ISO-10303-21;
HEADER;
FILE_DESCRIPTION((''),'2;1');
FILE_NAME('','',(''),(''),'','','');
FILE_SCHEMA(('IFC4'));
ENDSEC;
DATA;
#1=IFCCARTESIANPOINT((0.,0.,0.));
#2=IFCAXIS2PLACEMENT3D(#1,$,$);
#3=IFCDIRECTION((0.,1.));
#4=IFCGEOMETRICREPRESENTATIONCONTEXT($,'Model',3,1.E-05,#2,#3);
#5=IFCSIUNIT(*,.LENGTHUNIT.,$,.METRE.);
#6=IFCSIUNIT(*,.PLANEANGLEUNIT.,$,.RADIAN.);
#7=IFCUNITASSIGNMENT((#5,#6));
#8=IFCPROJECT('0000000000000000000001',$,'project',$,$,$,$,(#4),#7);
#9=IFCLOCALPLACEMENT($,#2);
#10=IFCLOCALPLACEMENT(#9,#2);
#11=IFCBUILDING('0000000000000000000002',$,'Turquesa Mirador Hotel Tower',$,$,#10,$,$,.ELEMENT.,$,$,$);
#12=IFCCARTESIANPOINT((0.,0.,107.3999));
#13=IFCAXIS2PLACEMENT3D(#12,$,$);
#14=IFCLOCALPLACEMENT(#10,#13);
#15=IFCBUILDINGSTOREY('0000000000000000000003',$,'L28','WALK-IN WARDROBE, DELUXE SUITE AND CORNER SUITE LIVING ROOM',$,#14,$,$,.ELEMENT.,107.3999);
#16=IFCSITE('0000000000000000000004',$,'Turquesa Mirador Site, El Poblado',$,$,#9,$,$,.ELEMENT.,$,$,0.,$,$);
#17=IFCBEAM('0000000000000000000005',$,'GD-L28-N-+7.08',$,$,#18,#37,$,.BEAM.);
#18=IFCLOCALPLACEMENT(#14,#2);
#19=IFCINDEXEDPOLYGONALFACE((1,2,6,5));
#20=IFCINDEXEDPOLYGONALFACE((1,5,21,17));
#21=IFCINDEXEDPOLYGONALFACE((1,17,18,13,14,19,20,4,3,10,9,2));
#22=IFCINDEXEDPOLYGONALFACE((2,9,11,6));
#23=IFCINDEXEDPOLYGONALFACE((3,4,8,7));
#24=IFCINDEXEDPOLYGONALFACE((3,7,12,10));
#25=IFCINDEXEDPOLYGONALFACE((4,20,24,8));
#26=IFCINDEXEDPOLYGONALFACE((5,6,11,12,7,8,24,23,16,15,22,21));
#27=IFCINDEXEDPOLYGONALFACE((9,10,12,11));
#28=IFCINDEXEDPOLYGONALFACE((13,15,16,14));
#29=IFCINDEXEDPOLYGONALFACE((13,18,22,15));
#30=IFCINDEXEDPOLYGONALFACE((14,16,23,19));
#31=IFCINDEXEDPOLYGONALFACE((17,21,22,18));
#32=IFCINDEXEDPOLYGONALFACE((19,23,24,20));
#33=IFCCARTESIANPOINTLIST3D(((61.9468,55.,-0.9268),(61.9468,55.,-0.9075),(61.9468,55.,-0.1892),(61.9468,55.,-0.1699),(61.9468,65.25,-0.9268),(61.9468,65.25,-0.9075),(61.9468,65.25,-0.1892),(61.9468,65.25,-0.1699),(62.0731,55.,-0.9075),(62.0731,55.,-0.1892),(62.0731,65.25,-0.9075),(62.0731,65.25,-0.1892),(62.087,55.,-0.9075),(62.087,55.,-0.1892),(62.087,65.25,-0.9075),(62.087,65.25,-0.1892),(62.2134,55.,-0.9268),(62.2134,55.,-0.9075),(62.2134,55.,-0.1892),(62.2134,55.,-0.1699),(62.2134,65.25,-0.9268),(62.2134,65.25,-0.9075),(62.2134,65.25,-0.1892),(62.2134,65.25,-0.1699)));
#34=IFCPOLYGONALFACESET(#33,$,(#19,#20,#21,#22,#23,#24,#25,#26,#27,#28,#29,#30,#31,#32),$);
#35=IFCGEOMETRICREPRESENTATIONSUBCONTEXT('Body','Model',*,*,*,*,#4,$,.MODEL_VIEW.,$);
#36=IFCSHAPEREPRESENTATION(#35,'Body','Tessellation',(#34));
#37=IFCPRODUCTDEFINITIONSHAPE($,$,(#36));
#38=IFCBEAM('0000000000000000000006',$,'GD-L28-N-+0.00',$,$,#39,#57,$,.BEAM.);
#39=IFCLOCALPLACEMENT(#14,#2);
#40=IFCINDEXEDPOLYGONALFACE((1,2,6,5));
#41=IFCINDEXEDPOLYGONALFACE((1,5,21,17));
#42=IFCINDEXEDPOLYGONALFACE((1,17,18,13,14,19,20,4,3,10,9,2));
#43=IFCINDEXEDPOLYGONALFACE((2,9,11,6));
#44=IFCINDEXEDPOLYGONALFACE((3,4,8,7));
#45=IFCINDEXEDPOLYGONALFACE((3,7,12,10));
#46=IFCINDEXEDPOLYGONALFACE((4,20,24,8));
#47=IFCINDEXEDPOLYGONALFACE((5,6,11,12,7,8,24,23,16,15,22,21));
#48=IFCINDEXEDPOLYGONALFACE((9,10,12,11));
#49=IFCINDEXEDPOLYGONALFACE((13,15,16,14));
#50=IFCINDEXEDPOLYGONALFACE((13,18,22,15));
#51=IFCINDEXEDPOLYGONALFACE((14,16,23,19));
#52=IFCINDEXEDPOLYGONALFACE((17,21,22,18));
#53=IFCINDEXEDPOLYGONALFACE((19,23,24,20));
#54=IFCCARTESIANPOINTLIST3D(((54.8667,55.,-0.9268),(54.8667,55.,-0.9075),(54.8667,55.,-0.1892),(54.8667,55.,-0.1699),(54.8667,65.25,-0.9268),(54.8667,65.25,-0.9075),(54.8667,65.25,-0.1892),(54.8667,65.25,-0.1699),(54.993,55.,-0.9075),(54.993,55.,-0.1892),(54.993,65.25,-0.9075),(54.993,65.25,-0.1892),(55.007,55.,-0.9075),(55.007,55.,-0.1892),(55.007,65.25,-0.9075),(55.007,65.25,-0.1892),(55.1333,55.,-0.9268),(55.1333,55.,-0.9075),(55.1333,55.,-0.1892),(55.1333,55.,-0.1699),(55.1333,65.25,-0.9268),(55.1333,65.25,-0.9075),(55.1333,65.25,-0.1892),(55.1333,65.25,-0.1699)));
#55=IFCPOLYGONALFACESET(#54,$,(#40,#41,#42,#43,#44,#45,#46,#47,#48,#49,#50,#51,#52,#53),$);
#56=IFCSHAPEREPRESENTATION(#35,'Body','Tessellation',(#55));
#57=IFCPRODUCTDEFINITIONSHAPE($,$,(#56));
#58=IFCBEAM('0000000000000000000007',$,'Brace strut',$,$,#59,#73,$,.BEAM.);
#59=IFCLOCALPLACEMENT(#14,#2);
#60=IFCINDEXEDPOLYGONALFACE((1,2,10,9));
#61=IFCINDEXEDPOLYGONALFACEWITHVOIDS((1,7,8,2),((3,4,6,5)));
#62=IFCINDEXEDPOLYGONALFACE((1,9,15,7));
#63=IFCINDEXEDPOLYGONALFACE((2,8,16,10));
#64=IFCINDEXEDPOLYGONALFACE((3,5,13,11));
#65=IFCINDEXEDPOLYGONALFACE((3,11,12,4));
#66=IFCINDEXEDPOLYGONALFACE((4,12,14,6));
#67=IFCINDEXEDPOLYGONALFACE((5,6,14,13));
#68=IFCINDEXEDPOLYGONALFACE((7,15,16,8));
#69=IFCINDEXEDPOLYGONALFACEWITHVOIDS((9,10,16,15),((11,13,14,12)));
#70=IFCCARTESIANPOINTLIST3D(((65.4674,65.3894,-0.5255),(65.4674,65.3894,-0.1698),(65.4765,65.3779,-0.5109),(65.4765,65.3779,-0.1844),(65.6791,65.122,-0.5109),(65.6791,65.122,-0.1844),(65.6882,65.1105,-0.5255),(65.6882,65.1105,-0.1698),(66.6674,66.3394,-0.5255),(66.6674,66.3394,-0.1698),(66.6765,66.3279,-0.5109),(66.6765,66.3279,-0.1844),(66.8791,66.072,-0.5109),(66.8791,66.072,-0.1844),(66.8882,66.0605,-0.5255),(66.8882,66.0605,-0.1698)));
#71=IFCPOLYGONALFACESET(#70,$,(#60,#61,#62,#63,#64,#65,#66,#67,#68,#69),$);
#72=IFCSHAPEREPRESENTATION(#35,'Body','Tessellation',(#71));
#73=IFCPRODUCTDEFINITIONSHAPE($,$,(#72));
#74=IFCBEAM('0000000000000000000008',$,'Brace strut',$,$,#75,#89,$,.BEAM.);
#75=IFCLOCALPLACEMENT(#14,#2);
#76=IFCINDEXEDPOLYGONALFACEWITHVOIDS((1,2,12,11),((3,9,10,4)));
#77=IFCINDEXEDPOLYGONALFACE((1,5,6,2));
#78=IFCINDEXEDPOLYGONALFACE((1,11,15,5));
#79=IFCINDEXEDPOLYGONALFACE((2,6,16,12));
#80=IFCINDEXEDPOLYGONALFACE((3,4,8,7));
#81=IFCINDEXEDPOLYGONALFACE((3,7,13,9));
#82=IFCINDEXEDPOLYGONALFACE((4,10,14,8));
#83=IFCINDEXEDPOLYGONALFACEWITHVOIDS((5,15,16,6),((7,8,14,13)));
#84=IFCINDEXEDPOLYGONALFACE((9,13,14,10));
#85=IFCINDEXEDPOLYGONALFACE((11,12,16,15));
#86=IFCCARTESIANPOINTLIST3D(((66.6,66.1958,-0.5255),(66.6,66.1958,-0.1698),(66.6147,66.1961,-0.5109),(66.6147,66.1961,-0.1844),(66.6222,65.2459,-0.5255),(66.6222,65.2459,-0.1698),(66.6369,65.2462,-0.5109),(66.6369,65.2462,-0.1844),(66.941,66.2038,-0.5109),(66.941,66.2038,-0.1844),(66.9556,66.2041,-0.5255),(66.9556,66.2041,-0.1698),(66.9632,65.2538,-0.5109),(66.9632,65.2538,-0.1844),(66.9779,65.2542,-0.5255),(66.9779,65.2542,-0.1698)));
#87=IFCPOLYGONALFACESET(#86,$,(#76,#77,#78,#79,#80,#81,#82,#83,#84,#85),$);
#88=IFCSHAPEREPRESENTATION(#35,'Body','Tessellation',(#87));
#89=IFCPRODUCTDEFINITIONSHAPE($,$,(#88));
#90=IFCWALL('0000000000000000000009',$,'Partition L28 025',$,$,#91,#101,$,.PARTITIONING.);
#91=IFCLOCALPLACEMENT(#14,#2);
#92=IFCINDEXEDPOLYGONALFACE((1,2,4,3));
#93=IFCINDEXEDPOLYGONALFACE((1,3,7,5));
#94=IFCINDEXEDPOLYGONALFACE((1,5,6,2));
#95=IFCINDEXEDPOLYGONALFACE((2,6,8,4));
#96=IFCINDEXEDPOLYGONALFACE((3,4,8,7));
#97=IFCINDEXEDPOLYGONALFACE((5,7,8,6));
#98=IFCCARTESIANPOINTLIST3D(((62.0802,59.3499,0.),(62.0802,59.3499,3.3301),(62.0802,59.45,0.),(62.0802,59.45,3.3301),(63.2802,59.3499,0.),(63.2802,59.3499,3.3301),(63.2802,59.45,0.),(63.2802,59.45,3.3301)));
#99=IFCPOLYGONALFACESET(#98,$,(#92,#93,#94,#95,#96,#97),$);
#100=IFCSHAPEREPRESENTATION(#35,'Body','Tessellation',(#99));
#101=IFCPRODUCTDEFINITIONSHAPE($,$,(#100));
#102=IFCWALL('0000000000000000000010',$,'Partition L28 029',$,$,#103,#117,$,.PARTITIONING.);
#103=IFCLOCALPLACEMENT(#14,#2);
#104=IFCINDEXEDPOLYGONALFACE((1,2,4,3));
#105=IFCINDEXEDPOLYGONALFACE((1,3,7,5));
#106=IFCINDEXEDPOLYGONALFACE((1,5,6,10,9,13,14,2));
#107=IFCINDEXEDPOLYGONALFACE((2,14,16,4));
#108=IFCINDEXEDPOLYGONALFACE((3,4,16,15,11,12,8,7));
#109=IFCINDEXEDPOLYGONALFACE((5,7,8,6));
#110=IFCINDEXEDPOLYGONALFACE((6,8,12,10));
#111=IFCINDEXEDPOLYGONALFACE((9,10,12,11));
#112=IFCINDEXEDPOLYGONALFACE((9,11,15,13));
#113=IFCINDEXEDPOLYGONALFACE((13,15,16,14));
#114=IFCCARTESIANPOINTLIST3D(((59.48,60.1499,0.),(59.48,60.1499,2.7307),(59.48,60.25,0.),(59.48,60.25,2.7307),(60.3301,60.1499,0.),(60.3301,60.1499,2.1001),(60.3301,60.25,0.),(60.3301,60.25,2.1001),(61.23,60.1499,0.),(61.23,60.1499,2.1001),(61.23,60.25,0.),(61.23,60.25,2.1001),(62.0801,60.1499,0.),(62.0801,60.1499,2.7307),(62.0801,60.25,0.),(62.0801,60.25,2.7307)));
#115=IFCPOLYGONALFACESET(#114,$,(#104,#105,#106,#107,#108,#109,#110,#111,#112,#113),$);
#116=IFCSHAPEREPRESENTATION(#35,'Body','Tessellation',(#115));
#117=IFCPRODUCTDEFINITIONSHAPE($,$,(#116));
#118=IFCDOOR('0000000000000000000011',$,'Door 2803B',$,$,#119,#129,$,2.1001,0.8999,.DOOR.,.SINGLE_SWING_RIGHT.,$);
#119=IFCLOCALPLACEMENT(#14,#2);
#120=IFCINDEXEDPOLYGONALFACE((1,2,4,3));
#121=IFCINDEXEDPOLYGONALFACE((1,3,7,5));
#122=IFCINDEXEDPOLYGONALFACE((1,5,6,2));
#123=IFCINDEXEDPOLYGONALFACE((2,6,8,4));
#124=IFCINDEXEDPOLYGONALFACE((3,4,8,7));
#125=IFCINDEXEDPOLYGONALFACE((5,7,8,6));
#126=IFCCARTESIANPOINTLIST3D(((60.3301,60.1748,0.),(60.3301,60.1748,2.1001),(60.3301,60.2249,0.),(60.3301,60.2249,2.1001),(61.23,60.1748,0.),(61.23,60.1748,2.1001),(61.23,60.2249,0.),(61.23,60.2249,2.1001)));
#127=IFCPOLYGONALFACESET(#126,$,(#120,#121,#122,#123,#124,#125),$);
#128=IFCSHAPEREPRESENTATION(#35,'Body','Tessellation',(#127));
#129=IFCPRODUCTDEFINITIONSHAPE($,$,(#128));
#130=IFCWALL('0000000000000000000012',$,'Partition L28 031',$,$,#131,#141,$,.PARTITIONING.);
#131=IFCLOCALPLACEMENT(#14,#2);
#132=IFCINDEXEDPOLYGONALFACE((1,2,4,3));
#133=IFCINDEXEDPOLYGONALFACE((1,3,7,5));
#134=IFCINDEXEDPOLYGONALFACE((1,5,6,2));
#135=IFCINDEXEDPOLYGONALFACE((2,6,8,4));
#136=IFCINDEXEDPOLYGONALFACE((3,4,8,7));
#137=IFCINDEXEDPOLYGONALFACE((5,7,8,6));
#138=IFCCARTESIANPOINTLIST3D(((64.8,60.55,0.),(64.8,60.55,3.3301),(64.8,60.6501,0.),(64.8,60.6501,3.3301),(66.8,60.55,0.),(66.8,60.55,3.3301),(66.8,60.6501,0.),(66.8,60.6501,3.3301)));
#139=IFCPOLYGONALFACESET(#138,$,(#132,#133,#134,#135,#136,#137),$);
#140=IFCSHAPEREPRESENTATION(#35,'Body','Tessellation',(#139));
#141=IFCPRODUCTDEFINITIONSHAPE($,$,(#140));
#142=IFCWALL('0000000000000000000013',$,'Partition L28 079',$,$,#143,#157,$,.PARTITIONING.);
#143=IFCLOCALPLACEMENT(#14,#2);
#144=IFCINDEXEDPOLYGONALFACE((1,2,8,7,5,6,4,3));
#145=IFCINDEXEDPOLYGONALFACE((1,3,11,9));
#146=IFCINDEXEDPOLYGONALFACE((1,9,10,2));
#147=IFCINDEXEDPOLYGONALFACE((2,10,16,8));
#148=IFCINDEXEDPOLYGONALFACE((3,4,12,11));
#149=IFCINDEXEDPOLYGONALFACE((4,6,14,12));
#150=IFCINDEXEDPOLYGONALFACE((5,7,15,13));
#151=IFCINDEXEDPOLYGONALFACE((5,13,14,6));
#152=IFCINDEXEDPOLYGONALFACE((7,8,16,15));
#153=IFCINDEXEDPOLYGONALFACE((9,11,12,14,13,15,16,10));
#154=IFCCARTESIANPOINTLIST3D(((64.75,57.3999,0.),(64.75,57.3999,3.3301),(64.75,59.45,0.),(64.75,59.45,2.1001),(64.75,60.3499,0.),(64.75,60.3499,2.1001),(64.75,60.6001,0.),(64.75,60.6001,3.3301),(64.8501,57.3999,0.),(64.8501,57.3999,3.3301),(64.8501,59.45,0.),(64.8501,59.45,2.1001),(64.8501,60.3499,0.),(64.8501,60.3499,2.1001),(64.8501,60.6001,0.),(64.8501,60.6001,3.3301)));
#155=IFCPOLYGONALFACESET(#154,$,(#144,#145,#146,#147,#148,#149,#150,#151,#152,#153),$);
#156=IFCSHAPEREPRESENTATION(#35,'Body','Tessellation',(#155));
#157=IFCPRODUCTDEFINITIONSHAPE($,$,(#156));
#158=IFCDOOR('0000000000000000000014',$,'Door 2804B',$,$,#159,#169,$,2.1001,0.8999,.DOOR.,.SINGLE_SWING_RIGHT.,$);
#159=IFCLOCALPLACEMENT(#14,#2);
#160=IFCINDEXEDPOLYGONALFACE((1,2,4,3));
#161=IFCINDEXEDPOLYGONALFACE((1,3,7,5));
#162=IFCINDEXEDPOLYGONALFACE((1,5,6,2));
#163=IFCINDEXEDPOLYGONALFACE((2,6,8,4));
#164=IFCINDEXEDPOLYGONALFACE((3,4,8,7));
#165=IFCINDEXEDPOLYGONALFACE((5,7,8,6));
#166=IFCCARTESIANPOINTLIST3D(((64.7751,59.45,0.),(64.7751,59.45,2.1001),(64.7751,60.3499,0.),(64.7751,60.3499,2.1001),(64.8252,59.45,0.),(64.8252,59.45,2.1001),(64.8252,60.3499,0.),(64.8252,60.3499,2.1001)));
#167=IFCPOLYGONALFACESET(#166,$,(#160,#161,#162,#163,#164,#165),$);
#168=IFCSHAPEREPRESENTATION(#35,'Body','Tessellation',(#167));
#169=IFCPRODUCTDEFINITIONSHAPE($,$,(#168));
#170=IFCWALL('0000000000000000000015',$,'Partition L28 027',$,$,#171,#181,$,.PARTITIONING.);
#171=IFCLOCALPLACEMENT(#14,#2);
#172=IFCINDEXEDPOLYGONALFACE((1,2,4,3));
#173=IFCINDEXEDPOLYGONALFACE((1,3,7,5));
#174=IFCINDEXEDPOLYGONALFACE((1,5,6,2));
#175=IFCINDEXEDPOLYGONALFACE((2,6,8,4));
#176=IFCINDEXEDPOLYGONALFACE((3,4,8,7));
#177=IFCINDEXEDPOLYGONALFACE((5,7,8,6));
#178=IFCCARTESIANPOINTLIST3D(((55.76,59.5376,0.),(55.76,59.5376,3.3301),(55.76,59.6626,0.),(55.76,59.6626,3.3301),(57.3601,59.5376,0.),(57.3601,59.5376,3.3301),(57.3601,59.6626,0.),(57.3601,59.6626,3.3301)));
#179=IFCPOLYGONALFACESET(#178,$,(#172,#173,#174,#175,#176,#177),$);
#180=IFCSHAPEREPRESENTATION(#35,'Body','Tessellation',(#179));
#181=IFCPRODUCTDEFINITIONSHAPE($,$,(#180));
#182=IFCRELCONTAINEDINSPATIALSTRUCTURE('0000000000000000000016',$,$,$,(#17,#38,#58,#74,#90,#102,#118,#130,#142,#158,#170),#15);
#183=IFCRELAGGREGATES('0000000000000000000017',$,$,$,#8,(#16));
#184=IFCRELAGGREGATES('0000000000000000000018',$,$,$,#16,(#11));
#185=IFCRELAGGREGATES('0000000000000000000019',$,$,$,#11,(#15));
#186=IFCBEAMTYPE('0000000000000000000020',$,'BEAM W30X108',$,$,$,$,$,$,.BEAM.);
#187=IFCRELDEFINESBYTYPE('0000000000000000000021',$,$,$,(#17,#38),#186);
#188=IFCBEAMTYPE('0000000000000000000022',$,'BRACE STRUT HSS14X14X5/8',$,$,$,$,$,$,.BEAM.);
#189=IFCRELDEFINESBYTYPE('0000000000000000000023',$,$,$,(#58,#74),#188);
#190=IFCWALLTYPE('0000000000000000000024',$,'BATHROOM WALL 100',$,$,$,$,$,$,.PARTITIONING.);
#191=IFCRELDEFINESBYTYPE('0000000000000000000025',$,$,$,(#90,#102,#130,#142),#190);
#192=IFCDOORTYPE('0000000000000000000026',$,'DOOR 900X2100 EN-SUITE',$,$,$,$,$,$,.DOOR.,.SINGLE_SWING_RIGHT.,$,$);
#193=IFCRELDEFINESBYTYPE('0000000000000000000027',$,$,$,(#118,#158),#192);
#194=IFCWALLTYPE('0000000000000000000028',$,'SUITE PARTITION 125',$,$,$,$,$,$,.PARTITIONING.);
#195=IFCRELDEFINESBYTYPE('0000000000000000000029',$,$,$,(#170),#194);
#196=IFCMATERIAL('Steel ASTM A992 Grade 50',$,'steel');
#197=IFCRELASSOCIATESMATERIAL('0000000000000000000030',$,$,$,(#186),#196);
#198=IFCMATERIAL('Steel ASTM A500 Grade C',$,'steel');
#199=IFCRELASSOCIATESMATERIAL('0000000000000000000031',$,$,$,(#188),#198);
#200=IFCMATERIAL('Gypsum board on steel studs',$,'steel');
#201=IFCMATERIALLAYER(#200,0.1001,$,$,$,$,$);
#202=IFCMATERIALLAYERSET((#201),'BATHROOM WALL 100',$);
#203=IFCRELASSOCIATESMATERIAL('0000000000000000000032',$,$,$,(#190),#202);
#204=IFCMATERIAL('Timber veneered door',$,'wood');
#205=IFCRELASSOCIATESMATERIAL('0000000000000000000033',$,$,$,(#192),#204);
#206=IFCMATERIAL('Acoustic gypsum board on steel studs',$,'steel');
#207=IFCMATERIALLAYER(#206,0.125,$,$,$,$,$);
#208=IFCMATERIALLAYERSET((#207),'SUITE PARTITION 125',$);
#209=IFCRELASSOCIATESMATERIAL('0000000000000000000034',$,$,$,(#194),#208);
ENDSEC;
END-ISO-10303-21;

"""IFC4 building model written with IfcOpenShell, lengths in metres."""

from ifc_helpers import new_model, si_unit, direction, frame, frame_2d, origin, origin_2d, place, context, subcontext, project, spatial, rectangle, hollow_rectangle, i_section, extrude, material, layer, layer_set, material_profile, profile_set, type_object, element, fill, save


model = new_model("IFC4")

# Units and contexts
model_context = context("Model", 3, precision=1e-05, world=origin(), true_north=direction((0.0, 1.0)))
body_context = subcontext(model_context, "Body", "Model", "MODEL_VIEW")
ifc_project = project(units=[si_unit("LENGTHUNIT", "METRE"), si_unit("PLANEANGLEUNIT", "RADIAN")], contexts=[model_context])

# Site, building, storey
site_placement = place(None, origin())
site = spatial("IfcSite", under=ifc_project, at=site_placement, Name="Turquesa Mirador Site, El Poblado", CompositionType="ELEMENT", RefElevation=0.0)
building_placement = place(site_placement, origin())
building = spatial("IfcBuilding", under=site, at=building_placement, Name="Turquesa Mirador Hotel Tower", CompositionType="ELEMENT")
storey_placement = place(building_placement, frame((0.0, 0.0, 107.3999)))
storey = spatial("IfcBuildingStorey", under=building, at=storey_placement, Name="L28", Description="WALK-IN WARDROBE, DELUXE SUITE AND CORNER SUITE LIVING ROOM", CompositionType="ELEMENT", Elevation=107.3999)

# Beams
ifc_material_1 = material(Name="Steel ASTM A992 Grade 50", Category="steel")
ifc_material_profile_1 = material_profile(ifc_material_1, i_section(OverallWidth=0.2666, OverallDepth=0.7568, WebThickness=0.0139, FlangeThickness=0.0193, at=origin_2d()), Name="W30X108")
ifc_profile_set_1 = profile_set([ifc_material_profile_1], Name="Steel ASTM A992 Grade 50")
beam_type_1 = type_object("IfcBeamType", Name="BEAM W30X108", PredefinedType="BEAM", material=ifc_profile_set_1)
for number, where, z_axis, x_axis, name in (
    (1, (62.0801, 65.25, -0.5483), (0.0, -1.0, 0.0), (1.0, 0.0, 0.0), "GD-L28-N-+7.08"),
    (2, (55.0, 65.25, -0.5483), (0.0, -1.0, 0.0), (1.0, 0.0, 0.0), "GD-L28-N-+0.00"),
):
    element("IfcBeam", number, at=place(storey_placement, frame(where, z_axis=z_axis, x_axis=x_axis)), inside=storey, type_object=beam_type_1, Name=name, PredefinedType="BEAM", context=body_context, shape_type="SweptSolid", body=[
        extrude(i_section(OverallWidth=0.2666, OverallDepth=0.7568, WebThickness=0.0139, FlangeThickness=0.0193, at=origin_2d()), origin(), (0.0, 0.0, 1.0), 10.25),
    ])
ifc_material_2 = material(Name="Steel ASTM A500 Grade C", Category="steel")
ifc_material_profile_2 = material_profile(ifc_material_2, hollow_rectangle(XDim=0.3557, YDim=0.3557, WallThickness=0.0146, at=origin_2d()), Name="HSS14X14X5/8")
ifc_profile_set_2 = profile_set([ifc_material_profile_2], Name="Steel ASTM A500 Grade C")
beam_type_2 = type_object("IfcBeamType", Name="BRACE STRUT HSS14X14X5/8", PredefinedType="BEAM", material=ifc_profile_set_2)
beam_1_placement = place(storey_placement, frame((66.7778, 66.2, -0.3477), z_axis=(-0.784049, -0.620699, 0.0), x_axis=(0.620699, -0.784049, 0.0)))
element("IfcBeam", 3, at=beam_1_placement, inside=storey, type_object=beam_type_2, Name="Brace strut", PredefinedType="BEAM", context=body_context, shape_type="SweptSolid", body=[
    extrude(hollow_rectangle(XDim=0.3557, YDim=0.3557, WallThickness=0.0146, at=origin_2d()), origin(), (0.0, 0.0, 1.0), 1.5305),
])
beam_2_placement = place(storey_placement, frame((66.7778, 66.2, -0.3477), z_axis=(0.023381, -0.999727, 0.0), x_axis=(0.999727, 0.023381, 0.0)))
element("IfcBeam", 4, at=beam_2_placement, inside=storey, type_object=beam_type_2, Name="Brace strut", PredefinedType="BEAM", context=body_context, shape_type="SweptSolid", body=[
    extrude(hollow_rectangle(XDim=0.3557, YDim=0.3557, WallThickness=0.0146, at=origin_2d()), origin(), (0.0, 0.0, 1.0), 0.9502),
])

# Wall
ifc_material_3 = material(Name="Gypsum board on steel studs", Category="steel")
ifc_layer_1 = layer(ifc_material_3, 0.1001)
ifc_layer_set_1 = layer_set([ifc_layer_1], Name="BATHROOM WALL 100")
wall_type_1 = type_object("IfcWallType", Name="BATHROOM WALL 100", PredefinedType="PARTITIONING", material=ifc_layer_set_1)
wall_1_placement = place(storey_placement, frame((62.0801, 59.3999, 0.0), z_axis=(0.0, 0.0, 1.0), x_axis=(1.0, 0.0, 0.0)))
element("IfcWall", 5, at=wall_1_placement, inside=storey, type_object=wall_type_1, Name="Partition L28 025", PredefinedType="PARTITIONING", context=body_context, shape_type="SweptSolid", body=[
    extrude(rectangle(XDim=1.2, YDim=0.1001, at=frame_2d((0.6001, 0.0))), origin(), (0.0, 0.0, 1.0), 3.3301),
])

# Wall, opening, door
wall_2_placement = place(storey_placement, frame((59.48, 60.2, 0.0), z_axis=(0.0, 0.0, 1.0), x_axis=(1.0, 0.0, 0.0)))
wall_2 = element("IfcWall", 6, at=wall_2_placement, inside=storey, type_object=wall_type_1, Name="Partition L28 029", PredefinedType="PARTITIONING", context=body_context, shape_type="SweptSolid", body=[
    extrude(rectangle(XDim=2.6001, YDim=0.1001, at=frame_2d((1.3, 0.0))), origin(), (0.0, 0.0, 1.0), 2.7307),
])
opening_1_placement = place(wall_2_placement, frame((0.8501, 0.0, 0.0)))
opening_1 = element("IfcOpeningElement", 7, at=opening_1_placement, cuts=wall_2, PredefinedType="OPENING", context=body_context, shape_type="SweptSolid", body=[
    extrude(rectangle(XDim=0.8999, YDim=2.1001, at=frame_2d((0.45, 1.05))), frame((0.0, 0.0601, 0.0), z_axis=(0.0, -1.0, 0.0), x_axis=(1.0, 0.0, 0.0)), (0.0, 0.0, 1.0), 0.1201),
])
ifc_material_4 = material(Name="Timber veneered door", Category="wood")
door_type = type_object("IfcDoorType", Name="DOOR 900X2100 EN-SUITE", OperationType="SINGLE_SWING_RIGHT", PredefinedType="DOOR", material=ifc_material_4)
door_1_placement = place(opening_1_placement, origin())
door_1 = element("IfcDoor", 8, at=door_1_placement, inside=storey, type_object=door_type, Name="Door 2803B", OperationType="SINGLE_SWING_RIGHT", OverallHeight=2.1001, OverallWidth=0.8999, PredefinedType="DOOR", context=body_context, shape_type="SweptSolid", body=[
    extrude(rectangle(XDim=0.8999, YDim=2.1001, at=frame_2d((0.45, 1.05))), frame((0.0, 0.0249, 0.0), z_axis=(0.0, -1.0, 0.0), x_axis=(1.0, 0.0, 0.0)), (0.0, 0.0, 1.0), 0.05),
])
fill(opening_1, door_1)

# Wall
wall_3_placement = place(storey_placement, frame((64.8, 60.6001, 0.0), z_axis=(0.0, 0.0, 1.0), x_axis=(1.0, 0.0, 0.0)))
element("IfcWall", 9, at=wall_3_placement, inside=storey, type_object=wall_type_1, Name="Partition L28 031", PredefinedType="PARTITIONING", context=body_context, shape_type="SweptSolid", body=[
    extrude(rectangle(XDim=2.0, YDim=0.1001, at=frame_2d((1.0, 0.0))), origin(), (0.0, 0.0, 1.0), 3.3301),
])

# Wall, opening, door
wall_4_placement = place(storey_placement, frame((64.8, 57.3999, 0.0), z_axis=(0.0, 0.0, 1.0), x_axis=(0.0, 1.0, 0.0)))
wall_4 = element("IfcWall", 10, at=wall_4_placement, inside=storey, type_object=wall_type_1, Name="Partition L28 079", PredefinedType="PARTITIONING", context=body_context, shape_type="SweptSolid", body=[
    extrude(rectangle(XDim=3.2002, YDim=0.1001, at=frame_2d((1.6001, 0.0))), origin(), (0.0, 0.0, 1.0), 3.3301),
])
opening_2_placement = place(wall_4_placement, frame((2.05, 0.0, 0.0)))
opening_2 = element("IfcOpeningElement", 11, at=opening_2_placement, cuts=wall_4, PredefinedType="OPENING", context=body_context, shape_type="SweptSolid", body=[
    extrude(rectangle(XDim=0.8999, YDim=2.1001, at=frame_2d((0.45, 1.05))), frame((0.0, 0.0601, 0.0), z_axis=(0.0, -1.0, 0.0), x_axis=(1.0, 0.0, 0.0)), (0.0, 0.0, 1.0), 0.1201),
])
door_2_placement = place(opening_2_placement, origin())
door_2 = element("IfcDoor", 12, at=door_2_placement, inside=storey, type_object=door_type, Name="Door 2804B", OperationType="SINGLE_SWING_RIGHT", OverallHeight=2.1001, OverallWidth=0.8999, PredefinedType="DOOR", context=body_context, shape_type="SweptSolid", body=[
    extrude(rectangle(XDim=0.8999, YDim=2.1001, at=frame_2d((0.45, 1.05))), frame((0.0, 0.0249, 0.0), z_axis=(0.0, -1.0, 0.0), x_axis=(1.0, 0.0, 0.0)), (0.0, 0.0, 1.0), 0.05),
])
fill(opening_2, door_2)

# Wall
ifc_material_5 = material(Name="Acoustic gypsum board on steel studs", Category="steel")
ifc_layer_2 = layer(ifc_material_5, 0.125)
ifc_layer_set_2 = layer_set([ifc_layer_2], Name="SUITE PARTITION 125")
wall_type_2 = type_object("IfcWallType", Name="SUITE PARTITION 125", PredefinedType="PARTITIONING", material=ifc_layer_set_2)
wall_5_placement = place(storey_placement, frame((55.76, 59.6001, 0.0), z_axis=(0.0, 0.0, 1.0), x_axis=(1.0, 0.0, 0.0)))
element("IfcWall", 13, at=wall_5_placement, inside=storey, type_object=wall_type_2, Name="Partition L28 027", PredefinedType="PARTITIONING", context=body_context, shape_type="SweptSolid", body=[
    extrude(rectangle(XDim=1.6001, YDim=0.125, at=frame_2d((0.8, 0.0))), origin(), (0.0, 0.0, 1.0), 3.3301),
])

save(model, "model.ifc")
